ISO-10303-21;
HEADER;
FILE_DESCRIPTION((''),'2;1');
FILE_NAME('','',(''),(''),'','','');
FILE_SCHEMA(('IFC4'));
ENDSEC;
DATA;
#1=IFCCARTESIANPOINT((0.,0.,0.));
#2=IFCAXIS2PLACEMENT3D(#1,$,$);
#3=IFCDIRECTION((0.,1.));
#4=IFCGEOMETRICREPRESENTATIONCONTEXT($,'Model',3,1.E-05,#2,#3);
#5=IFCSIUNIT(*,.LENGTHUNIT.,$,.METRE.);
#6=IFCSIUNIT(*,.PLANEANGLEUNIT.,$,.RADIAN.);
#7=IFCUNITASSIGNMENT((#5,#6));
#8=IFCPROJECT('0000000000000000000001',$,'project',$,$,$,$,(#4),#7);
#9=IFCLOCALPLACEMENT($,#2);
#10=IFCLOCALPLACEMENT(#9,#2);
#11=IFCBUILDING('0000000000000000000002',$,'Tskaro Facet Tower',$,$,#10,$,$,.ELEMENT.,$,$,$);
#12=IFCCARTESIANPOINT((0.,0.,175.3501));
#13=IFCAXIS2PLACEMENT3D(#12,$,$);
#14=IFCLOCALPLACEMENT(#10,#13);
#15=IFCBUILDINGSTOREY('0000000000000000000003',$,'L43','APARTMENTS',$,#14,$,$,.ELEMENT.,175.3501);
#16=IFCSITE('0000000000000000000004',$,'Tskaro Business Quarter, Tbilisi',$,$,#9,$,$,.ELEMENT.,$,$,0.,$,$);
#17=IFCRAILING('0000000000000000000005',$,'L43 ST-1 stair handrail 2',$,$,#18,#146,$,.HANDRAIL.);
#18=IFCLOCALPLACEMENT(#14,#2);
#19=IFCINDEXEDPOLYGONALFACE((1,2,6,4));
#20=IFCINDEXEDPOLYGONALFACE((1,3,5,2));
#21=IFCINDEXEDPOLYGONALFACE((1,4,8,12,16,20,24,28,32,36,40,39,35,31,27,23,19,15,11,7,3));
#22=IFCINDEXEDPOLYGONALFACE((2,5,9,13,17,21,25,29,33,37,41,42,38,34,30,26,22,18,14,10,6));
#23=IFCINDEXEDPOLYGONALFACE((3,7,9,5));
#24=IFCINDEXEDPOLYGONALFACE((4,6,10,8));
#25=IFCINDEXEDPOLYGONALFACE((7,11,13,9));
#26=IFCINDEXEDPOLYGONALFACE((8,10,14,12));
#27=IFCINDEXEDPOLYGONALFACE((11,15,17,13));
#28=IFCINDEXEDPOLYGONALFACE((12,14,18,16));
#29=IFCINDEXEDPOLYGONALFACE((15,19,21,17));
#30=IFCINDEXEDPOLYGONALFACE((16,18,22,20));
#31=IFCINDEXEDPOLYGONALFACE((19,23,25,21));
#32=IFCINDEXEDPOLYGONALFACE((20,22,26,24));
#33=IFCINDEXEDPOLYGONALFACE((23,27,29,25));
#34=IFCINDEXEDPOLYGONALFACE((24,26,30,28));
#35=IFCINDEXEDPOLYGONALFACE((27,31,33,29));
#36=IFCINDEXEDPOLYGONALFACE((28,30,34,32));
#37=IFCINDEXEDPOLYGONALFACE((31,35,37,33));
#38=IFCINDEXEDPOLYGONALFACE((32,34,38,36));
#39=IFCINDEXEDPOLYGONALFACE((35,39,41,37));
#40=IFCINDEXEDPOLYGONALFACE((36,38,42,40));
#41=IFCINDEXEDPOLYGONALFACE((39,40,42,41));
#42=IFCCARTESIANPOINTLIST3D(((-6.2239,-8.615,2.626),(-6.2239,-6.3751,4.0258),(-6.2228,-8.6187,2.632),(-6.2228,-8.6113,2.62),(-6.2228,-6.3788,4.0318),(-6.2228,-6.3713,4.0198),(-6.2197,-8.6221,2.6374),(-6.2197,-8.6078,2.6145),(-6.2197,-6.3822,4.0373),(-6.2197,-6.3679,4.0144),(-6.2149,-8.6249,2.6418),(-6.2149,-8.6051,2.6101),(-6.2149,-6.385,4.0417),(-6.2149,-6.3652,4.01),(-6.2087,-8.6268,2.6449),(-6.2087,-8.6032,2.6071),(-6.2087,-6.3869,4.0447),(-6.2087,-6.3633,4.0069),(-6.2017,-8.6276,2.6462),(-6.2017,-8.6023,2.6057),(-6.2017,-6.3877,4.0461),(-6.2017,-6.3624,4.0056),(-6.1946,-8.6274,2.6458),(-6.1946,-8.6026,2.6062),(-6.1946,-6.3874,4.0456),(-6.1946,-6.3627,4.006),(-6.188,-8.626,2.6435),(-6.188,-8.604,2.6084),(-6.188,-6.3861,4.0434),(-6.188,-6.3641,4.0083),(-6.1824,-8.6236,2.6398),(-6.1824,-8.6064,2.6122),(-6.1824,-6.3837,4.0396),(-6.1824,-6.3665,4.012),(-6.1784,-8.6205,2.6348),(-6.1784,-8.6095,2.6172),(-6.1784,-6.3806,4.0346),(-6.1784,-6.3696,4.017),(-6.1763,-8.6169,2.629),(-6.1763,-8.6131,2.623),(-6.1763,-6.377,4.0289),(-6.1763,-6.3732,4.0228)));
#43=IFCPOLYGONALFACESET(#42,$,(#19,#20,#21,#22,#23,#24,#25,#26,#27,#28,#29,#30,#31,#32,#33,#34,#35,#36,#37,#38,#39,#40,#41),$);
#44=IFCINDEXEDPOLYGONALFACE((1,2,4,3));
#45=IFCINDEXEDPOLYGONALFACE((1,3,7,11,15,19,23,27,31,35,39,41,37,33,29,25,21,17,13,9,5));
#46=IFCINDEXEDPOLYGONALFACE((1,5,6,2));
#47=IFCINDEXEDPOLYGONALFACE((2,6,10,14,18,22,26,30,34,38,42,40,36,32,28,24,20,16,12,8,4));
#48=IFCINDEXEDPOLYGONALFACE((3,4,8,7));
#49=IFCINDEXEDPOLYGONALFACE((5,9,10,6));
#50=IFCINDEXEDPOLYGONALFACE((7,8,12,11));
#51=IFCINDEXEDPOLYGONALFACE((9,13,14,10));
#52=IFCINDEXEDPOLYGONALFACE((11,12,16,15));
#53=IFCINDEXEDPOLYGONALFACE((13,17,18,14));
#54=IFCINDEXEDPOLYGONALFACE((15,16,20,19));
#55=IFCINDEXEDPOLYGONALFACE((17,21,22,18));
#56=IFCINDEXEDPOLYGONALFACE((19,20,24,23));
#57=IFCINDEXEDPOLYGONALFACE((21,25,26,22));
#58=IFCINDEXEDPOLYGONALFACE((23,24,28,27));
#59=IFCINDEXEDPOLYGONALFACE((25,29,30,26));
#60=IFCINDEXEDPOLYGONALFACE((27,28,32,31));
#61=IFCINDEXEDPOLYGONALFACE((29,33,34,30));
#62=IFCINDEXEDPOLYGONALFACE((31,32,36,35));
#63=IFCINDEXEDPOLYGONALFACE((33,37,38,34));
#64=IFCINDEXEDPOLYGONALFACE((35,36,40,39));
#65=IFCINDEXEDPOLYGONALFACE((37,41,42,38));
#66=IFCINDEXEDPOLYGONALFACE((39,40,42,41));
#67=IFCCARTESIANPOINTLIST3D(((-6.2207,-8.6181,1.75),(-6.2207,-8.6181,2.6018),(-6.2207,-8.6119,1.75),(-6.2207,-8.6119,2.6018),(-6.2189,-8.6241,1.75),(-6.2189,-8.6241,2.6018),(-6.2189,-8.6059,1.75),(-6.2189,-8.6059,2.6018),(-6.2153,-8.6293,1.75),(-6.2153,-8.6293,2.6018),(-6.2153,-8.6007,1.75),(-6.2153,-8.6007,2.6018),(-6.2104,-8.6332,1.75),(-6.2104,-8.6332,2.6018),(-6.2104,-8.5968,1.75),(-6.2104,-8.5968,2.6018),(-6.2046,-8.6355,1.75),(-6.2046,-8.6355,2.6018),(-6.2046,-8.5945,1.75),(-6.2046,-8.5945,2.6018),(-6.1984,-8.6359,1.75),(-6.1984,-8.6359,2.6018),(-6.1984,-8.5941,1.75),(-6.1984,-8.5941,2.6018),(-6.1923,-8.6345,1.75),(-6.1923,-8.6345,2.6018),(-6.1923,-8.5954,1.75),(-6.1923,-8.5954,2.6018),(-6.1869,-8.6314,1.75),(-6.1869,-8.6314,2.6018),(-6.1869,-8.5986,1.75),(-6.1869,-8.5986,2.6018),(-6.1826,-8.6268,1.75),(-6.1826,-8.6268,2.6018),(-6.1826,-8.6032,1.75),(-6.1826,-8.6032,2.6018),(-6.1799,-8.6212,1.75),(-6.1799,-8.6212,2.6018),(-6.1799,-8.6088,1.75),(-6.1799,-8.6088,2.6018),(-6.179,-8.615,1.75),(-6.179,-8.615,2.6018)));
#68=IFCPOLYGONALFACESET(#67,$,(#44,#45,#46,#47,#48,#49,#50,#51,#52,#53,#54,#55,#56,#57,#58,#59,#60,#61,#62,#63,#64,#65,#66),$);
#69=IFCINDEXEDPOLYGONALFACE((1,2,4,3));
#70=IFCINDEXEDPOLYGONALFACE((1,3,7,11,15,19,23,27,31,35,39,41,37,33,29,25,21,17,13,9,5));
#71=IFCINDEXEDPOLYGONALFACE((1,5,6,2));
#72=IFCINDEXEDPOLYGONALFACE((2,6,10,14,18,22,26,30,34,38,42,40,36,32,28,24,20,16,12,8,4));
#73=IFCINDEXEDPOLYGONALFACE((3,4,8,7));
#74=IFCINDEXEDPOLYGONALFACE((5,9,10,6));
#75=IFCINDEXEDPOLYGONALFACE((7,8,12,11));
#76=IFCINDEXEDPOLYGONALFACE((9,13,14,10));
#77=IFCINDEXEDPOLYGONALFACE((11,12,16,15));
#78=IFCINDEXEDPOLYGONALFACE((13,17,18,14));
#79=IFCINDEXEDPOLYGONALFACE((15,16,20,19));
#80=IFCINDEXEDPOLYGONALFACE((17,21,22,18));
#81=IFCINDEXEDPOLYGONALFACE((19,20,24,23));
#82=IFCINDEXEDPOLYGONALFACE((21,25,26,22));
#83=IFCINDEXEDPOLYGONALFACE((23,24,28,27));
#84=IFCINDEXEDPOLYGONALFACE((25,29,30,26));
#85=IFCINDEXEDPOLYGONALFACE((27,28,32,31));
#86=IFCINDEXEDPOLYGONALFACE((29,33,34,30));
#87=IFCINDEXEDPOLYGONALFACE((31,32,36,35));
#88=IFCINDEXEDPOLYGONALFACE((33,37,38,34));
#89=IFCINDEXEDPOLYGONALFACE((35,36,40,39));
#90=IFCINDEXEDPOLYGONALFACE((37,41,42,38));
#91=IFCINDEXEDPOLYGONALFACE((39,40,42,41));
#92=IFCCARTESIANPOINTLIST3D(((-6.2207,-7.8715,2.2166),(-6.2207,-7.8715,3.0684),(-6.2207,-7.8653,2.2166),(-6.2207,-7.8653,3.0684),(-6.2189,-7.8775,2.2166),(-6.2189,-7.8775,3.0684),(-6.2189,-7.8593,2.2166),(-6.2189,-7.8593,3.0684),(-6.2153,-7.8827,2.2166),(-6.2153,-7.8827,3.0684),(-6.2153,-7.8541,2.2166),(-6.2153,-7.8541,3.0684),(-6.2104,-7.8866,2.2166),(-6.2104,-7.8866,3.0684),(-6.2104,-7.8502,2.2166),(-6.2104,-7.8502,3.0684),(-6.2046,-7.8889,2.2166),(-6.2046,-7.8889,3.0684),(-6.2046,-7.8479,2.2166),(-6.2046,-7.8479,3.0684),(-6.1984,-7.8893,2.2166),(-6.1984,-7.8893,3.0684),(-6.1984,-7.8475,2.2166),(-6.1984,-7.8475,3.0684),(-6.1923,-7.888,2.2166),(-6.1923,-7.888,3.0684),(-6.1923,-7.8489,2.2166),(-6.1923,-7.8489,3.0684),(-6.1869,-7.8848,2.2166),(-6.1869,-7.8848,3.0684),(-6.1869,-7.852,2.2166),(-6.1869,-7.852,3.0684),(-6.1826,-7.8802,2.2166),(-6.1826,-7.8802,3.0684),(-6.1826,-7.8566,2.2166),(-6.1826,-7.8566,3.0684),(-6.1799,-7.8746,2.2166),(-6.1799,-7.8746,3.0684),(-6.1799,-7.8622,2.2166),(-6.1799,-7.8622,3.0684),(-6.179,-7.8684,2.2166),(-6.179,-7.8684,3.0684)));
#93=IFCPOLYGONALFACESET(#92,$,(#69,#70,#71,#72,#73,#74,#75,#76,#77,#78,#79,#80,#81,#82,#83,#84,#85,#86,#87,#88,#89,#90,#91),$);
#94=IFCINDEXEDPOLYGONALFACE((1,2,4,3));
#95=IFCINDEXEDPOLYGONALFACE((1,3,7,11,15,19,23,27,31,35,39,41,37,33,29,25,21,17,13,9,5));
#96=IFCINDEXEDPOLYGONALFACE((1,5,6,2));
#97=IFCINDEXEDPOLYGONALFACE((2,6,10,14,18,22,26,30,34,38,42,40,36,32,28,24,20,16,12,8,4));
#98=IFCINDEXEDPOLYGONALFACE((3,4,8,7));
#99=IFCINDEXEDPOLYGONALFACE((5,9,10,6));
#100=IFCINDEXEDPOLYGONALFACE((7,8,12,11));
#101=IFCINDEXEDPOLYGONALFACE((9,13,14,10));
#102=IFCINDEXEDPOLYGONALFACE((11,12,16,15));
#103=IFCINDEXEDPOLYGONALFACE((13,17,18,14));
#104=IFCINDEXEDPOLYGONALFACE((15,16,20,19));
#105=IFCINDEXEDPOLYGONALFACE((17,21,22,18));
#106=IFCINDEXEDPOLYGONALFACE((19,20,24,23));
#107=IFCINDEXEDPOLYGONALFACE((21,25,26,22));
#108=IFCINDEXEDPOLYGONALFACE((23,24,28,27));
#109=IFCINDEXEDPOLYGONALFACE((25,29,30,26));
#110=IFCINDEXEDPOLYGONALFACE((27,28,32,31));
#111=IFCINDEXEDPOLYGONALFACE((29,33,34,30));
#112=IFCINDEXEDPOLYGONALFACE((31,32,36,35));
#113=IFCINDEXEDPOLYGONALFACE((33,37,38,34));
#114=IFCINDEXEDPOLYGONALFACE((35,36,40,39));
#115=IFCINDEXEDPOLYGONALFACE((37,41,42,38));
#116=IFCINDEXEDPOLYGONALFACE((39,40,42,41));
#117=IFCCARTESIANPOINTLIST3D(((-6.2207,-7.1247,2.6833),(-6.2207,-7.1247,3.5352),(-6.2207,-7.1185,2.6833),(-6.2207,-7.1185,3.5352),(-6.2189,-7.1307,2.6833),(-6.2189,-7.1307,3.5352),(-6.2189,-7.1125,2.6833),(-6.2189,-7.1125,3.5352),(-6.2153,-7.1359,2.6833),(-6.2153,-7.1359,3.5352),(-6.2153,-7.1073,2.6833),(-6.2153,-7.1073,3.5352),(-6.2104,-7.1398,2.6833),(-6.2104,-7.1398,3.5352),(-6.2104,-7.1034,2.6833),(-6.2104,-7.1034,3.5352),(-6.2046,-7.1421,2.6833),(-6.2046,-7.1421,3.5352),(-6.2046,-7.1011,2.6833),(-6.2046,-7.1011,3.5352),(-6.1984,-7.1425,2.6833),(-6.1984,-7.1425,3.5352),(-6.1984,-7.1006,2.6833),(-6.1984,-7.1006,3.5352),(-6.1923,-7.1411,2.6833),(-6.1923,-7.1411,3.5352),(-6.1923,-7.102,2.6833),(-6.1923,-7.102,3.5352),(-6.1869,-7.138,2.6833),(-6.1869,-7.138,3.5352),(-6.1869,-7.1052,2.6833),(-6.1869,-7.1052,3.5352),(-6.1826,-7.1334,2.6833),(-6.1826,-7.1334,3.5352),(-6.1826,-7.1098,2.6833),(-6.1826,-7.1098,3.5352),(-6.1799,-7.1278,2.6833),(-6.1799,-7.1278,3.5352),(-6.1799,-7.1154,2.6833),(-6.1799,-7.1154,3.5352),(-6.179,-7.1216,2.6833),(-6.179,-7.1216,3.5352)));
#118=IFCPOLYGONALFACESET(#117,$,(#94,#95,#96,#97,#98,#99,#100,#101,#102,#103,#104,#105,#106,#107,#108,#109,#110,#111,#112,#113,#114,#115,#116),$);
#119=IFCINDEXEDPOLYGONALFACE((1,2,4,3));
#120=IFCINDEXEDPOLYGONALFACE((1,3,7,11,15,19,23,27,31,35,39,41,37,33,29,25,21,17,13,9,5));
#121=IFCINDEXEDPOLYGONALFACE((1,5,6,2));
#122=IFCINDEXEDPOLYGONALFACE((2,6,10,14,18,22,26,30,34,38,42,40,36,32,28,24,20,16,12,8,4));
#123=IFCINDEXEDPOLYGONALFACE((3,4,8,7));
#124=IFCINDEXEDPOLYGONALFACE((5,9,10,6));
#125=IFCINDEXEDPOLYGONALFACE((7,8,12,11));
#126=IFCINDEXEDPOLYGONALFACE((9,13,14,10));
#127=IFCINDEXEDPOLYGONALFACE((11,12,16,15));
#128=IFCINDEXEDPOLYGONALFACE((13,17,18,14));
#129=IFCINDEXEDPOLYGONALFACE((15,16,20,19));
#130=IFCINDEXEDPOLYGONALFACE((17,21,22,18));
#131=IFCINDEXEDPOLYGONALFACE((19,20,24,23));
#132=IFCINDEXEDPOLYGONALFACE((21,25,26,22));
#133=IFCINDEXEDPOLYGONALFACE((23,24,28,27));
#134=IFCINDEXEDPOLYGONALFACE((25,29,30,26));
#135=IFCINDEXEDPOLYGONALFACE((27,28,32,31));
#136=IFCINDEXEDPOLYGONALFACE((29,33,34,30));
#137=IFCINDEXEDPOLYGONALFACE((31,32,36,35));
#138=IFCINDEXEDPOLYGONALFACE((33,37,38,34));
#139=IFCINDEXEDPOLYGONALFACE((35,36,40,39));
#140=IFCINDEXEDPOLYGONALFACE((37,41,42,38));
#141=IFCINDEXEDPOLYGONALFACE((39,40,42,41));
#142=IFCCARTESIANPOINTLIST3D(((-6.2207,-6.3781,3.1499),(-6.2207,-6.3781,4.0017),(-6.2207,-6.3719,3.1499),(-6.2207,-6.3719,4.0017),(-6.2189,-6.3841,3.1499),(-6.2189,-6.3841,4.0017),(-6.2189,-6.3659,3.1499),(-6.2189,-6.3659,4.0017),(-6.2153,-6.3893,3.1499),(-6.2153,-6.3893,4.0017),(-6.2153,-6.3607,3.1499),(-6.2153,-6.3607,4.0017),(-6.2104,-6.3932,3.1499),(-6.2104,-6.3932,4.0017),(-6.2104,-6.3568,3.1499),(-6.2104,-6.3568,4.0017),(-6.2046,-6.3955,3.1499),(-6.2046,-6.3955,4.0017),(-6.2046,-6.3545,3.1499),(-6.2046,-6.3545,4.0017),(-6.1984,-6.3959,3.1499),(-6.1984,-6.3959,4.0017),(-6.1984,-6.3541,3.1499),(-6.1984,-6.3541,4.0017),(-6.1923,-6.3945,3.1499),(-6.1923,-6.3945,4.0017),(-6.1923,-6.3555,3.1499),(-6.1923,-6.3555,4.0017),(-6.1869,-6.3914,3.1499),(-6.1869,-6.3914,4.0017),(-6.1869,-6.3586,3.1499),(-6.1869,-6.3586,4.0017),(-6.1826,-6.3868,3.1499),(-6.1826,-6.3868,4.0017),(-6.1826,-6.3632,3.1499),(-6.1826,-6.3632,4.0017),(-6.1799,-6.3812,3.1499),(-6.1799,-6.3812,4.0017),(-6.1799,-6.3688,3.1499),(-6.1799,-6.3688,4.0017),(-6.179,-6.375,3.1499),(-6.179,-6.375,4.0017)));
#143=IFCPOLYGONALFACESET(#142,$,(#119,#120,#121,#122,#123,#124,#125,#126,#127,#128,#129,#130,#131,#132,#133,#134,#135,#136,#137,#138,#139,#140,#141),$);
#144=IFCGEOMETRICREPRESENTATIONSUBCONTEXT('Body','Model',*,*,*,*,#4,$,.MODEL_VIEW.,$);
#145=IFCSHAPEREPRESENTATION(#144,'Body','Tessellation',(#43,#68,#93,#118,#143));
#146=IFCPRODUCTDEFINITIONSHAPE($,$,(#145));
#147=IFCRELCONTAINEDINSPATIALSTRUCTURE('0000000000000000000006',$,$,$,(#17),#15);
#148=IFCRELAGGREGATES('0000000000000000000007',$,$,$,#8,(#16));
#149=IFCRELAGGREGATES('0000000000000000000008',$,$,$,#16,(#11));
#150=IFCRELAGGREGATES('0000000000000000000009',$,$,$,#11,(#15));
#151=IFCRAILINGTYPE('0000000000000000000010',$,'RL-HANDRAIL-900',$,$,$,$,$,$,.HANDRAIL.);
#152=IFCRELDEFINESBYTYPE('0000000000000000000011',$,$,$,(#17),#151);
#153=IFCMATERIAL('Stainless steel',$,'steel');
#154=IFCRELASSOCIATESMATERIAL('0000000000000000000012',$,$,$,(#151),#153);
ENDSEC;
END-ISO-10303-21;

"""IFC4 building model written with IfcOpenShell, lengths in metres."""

from ifc_helpers import new_model, si_unit, direction, frame, origin, origin_2d, place, context, subcontext, project, spatial, circle, extrude, material, type_object, element, save


model = new_model("IFC4")

# Units and contexts
model_context = context("Model", 3, precision=1e-05, world=origin(), true_north=direction((0.0, 1.0)))
body_context = subcontext(model_context, "Body", "Model", "MODEL_VIEW")
ifc_project = project(units=[si_unit("LENGTHUNIT", "METRE"), si_unit("PLANEANGLEUNIT", "RADIAN")], contexts=[model_context])

# Site, building, storey
site_placement = place(None, origin())
site = spatial("IfcSite", under=ifc_project, at=site_placement, Name="Tskaro Business Quarter, Tbilisi", CompositionType="ELEMENT", RefElevation=0.0)
building_placement = place(site_placement, origin())
building = spatial("IfcBuilding", under=site, at=building_placement, Name="Tskaro Facet Tower", CompositionType="ELEMENT")
storey_placement = place(building_placement, frame((0.0, 0.0, 175.3501)))
storey = spatial("IfcBuildingStorey", under=building, at=storey_placement, Name="L43", Description="APARTMENTS", CompositionType="ELEMENT", Elevation=175.3501)

# Shared definitions
ifc_material_1 = material(Name="Stainless steel", Category="steel")

# Railing
railing_type_1 = type_object("IfcRailingType", Name="RL-HANDRAIL-900", PredefinedType="HANDRAIL", material=ifc_material_1)
railing_1_placement = place(storey_placement, frame((-6.2, -8.615, 1.75)))
element("IfcRailing", 1, at=railing_1_placement, inside=storey, type_object=railing_type_1, Name="L43 ST-1 stair handrail 2", PredefinedType="HANDRAIL", context=body_context, shape_type="SweptSolid", body=[
    extrude(circle(Radius=0.0239, at=origin_2d()), frame((0.0, 0.0, 0.876), z_axis=(0.0, 0.848014, 0.529974), x_axis=(-1.0, 0.0, 0.0)), (0.0, 0.0, 1.0), 2.6414),
    extrude(circle(Radius=0.021, at=origin_2d()), origin(), (0.0, 0.0, 1.0), 0.8518),
    extrude(circle(Radius=0.021, at=origin_2d()), frame((0.0, 0.7466, 0.4666)), (0.0, 0.0, 1.0), 0.8518),
    extrude(circle(Radius=0.021, at=origin_2d()), frame((0.0, 1.4934, 0.9333)), (0.0, 0.0, 1.0), 0.8518),
    extrude(circle(Radius=0.021, at=origin_2d()), frame((0.0, 2.24, 1.3999)), (0.0, 0.0, 1.0), 0.8518),
])

save(model, "model.ifc")
